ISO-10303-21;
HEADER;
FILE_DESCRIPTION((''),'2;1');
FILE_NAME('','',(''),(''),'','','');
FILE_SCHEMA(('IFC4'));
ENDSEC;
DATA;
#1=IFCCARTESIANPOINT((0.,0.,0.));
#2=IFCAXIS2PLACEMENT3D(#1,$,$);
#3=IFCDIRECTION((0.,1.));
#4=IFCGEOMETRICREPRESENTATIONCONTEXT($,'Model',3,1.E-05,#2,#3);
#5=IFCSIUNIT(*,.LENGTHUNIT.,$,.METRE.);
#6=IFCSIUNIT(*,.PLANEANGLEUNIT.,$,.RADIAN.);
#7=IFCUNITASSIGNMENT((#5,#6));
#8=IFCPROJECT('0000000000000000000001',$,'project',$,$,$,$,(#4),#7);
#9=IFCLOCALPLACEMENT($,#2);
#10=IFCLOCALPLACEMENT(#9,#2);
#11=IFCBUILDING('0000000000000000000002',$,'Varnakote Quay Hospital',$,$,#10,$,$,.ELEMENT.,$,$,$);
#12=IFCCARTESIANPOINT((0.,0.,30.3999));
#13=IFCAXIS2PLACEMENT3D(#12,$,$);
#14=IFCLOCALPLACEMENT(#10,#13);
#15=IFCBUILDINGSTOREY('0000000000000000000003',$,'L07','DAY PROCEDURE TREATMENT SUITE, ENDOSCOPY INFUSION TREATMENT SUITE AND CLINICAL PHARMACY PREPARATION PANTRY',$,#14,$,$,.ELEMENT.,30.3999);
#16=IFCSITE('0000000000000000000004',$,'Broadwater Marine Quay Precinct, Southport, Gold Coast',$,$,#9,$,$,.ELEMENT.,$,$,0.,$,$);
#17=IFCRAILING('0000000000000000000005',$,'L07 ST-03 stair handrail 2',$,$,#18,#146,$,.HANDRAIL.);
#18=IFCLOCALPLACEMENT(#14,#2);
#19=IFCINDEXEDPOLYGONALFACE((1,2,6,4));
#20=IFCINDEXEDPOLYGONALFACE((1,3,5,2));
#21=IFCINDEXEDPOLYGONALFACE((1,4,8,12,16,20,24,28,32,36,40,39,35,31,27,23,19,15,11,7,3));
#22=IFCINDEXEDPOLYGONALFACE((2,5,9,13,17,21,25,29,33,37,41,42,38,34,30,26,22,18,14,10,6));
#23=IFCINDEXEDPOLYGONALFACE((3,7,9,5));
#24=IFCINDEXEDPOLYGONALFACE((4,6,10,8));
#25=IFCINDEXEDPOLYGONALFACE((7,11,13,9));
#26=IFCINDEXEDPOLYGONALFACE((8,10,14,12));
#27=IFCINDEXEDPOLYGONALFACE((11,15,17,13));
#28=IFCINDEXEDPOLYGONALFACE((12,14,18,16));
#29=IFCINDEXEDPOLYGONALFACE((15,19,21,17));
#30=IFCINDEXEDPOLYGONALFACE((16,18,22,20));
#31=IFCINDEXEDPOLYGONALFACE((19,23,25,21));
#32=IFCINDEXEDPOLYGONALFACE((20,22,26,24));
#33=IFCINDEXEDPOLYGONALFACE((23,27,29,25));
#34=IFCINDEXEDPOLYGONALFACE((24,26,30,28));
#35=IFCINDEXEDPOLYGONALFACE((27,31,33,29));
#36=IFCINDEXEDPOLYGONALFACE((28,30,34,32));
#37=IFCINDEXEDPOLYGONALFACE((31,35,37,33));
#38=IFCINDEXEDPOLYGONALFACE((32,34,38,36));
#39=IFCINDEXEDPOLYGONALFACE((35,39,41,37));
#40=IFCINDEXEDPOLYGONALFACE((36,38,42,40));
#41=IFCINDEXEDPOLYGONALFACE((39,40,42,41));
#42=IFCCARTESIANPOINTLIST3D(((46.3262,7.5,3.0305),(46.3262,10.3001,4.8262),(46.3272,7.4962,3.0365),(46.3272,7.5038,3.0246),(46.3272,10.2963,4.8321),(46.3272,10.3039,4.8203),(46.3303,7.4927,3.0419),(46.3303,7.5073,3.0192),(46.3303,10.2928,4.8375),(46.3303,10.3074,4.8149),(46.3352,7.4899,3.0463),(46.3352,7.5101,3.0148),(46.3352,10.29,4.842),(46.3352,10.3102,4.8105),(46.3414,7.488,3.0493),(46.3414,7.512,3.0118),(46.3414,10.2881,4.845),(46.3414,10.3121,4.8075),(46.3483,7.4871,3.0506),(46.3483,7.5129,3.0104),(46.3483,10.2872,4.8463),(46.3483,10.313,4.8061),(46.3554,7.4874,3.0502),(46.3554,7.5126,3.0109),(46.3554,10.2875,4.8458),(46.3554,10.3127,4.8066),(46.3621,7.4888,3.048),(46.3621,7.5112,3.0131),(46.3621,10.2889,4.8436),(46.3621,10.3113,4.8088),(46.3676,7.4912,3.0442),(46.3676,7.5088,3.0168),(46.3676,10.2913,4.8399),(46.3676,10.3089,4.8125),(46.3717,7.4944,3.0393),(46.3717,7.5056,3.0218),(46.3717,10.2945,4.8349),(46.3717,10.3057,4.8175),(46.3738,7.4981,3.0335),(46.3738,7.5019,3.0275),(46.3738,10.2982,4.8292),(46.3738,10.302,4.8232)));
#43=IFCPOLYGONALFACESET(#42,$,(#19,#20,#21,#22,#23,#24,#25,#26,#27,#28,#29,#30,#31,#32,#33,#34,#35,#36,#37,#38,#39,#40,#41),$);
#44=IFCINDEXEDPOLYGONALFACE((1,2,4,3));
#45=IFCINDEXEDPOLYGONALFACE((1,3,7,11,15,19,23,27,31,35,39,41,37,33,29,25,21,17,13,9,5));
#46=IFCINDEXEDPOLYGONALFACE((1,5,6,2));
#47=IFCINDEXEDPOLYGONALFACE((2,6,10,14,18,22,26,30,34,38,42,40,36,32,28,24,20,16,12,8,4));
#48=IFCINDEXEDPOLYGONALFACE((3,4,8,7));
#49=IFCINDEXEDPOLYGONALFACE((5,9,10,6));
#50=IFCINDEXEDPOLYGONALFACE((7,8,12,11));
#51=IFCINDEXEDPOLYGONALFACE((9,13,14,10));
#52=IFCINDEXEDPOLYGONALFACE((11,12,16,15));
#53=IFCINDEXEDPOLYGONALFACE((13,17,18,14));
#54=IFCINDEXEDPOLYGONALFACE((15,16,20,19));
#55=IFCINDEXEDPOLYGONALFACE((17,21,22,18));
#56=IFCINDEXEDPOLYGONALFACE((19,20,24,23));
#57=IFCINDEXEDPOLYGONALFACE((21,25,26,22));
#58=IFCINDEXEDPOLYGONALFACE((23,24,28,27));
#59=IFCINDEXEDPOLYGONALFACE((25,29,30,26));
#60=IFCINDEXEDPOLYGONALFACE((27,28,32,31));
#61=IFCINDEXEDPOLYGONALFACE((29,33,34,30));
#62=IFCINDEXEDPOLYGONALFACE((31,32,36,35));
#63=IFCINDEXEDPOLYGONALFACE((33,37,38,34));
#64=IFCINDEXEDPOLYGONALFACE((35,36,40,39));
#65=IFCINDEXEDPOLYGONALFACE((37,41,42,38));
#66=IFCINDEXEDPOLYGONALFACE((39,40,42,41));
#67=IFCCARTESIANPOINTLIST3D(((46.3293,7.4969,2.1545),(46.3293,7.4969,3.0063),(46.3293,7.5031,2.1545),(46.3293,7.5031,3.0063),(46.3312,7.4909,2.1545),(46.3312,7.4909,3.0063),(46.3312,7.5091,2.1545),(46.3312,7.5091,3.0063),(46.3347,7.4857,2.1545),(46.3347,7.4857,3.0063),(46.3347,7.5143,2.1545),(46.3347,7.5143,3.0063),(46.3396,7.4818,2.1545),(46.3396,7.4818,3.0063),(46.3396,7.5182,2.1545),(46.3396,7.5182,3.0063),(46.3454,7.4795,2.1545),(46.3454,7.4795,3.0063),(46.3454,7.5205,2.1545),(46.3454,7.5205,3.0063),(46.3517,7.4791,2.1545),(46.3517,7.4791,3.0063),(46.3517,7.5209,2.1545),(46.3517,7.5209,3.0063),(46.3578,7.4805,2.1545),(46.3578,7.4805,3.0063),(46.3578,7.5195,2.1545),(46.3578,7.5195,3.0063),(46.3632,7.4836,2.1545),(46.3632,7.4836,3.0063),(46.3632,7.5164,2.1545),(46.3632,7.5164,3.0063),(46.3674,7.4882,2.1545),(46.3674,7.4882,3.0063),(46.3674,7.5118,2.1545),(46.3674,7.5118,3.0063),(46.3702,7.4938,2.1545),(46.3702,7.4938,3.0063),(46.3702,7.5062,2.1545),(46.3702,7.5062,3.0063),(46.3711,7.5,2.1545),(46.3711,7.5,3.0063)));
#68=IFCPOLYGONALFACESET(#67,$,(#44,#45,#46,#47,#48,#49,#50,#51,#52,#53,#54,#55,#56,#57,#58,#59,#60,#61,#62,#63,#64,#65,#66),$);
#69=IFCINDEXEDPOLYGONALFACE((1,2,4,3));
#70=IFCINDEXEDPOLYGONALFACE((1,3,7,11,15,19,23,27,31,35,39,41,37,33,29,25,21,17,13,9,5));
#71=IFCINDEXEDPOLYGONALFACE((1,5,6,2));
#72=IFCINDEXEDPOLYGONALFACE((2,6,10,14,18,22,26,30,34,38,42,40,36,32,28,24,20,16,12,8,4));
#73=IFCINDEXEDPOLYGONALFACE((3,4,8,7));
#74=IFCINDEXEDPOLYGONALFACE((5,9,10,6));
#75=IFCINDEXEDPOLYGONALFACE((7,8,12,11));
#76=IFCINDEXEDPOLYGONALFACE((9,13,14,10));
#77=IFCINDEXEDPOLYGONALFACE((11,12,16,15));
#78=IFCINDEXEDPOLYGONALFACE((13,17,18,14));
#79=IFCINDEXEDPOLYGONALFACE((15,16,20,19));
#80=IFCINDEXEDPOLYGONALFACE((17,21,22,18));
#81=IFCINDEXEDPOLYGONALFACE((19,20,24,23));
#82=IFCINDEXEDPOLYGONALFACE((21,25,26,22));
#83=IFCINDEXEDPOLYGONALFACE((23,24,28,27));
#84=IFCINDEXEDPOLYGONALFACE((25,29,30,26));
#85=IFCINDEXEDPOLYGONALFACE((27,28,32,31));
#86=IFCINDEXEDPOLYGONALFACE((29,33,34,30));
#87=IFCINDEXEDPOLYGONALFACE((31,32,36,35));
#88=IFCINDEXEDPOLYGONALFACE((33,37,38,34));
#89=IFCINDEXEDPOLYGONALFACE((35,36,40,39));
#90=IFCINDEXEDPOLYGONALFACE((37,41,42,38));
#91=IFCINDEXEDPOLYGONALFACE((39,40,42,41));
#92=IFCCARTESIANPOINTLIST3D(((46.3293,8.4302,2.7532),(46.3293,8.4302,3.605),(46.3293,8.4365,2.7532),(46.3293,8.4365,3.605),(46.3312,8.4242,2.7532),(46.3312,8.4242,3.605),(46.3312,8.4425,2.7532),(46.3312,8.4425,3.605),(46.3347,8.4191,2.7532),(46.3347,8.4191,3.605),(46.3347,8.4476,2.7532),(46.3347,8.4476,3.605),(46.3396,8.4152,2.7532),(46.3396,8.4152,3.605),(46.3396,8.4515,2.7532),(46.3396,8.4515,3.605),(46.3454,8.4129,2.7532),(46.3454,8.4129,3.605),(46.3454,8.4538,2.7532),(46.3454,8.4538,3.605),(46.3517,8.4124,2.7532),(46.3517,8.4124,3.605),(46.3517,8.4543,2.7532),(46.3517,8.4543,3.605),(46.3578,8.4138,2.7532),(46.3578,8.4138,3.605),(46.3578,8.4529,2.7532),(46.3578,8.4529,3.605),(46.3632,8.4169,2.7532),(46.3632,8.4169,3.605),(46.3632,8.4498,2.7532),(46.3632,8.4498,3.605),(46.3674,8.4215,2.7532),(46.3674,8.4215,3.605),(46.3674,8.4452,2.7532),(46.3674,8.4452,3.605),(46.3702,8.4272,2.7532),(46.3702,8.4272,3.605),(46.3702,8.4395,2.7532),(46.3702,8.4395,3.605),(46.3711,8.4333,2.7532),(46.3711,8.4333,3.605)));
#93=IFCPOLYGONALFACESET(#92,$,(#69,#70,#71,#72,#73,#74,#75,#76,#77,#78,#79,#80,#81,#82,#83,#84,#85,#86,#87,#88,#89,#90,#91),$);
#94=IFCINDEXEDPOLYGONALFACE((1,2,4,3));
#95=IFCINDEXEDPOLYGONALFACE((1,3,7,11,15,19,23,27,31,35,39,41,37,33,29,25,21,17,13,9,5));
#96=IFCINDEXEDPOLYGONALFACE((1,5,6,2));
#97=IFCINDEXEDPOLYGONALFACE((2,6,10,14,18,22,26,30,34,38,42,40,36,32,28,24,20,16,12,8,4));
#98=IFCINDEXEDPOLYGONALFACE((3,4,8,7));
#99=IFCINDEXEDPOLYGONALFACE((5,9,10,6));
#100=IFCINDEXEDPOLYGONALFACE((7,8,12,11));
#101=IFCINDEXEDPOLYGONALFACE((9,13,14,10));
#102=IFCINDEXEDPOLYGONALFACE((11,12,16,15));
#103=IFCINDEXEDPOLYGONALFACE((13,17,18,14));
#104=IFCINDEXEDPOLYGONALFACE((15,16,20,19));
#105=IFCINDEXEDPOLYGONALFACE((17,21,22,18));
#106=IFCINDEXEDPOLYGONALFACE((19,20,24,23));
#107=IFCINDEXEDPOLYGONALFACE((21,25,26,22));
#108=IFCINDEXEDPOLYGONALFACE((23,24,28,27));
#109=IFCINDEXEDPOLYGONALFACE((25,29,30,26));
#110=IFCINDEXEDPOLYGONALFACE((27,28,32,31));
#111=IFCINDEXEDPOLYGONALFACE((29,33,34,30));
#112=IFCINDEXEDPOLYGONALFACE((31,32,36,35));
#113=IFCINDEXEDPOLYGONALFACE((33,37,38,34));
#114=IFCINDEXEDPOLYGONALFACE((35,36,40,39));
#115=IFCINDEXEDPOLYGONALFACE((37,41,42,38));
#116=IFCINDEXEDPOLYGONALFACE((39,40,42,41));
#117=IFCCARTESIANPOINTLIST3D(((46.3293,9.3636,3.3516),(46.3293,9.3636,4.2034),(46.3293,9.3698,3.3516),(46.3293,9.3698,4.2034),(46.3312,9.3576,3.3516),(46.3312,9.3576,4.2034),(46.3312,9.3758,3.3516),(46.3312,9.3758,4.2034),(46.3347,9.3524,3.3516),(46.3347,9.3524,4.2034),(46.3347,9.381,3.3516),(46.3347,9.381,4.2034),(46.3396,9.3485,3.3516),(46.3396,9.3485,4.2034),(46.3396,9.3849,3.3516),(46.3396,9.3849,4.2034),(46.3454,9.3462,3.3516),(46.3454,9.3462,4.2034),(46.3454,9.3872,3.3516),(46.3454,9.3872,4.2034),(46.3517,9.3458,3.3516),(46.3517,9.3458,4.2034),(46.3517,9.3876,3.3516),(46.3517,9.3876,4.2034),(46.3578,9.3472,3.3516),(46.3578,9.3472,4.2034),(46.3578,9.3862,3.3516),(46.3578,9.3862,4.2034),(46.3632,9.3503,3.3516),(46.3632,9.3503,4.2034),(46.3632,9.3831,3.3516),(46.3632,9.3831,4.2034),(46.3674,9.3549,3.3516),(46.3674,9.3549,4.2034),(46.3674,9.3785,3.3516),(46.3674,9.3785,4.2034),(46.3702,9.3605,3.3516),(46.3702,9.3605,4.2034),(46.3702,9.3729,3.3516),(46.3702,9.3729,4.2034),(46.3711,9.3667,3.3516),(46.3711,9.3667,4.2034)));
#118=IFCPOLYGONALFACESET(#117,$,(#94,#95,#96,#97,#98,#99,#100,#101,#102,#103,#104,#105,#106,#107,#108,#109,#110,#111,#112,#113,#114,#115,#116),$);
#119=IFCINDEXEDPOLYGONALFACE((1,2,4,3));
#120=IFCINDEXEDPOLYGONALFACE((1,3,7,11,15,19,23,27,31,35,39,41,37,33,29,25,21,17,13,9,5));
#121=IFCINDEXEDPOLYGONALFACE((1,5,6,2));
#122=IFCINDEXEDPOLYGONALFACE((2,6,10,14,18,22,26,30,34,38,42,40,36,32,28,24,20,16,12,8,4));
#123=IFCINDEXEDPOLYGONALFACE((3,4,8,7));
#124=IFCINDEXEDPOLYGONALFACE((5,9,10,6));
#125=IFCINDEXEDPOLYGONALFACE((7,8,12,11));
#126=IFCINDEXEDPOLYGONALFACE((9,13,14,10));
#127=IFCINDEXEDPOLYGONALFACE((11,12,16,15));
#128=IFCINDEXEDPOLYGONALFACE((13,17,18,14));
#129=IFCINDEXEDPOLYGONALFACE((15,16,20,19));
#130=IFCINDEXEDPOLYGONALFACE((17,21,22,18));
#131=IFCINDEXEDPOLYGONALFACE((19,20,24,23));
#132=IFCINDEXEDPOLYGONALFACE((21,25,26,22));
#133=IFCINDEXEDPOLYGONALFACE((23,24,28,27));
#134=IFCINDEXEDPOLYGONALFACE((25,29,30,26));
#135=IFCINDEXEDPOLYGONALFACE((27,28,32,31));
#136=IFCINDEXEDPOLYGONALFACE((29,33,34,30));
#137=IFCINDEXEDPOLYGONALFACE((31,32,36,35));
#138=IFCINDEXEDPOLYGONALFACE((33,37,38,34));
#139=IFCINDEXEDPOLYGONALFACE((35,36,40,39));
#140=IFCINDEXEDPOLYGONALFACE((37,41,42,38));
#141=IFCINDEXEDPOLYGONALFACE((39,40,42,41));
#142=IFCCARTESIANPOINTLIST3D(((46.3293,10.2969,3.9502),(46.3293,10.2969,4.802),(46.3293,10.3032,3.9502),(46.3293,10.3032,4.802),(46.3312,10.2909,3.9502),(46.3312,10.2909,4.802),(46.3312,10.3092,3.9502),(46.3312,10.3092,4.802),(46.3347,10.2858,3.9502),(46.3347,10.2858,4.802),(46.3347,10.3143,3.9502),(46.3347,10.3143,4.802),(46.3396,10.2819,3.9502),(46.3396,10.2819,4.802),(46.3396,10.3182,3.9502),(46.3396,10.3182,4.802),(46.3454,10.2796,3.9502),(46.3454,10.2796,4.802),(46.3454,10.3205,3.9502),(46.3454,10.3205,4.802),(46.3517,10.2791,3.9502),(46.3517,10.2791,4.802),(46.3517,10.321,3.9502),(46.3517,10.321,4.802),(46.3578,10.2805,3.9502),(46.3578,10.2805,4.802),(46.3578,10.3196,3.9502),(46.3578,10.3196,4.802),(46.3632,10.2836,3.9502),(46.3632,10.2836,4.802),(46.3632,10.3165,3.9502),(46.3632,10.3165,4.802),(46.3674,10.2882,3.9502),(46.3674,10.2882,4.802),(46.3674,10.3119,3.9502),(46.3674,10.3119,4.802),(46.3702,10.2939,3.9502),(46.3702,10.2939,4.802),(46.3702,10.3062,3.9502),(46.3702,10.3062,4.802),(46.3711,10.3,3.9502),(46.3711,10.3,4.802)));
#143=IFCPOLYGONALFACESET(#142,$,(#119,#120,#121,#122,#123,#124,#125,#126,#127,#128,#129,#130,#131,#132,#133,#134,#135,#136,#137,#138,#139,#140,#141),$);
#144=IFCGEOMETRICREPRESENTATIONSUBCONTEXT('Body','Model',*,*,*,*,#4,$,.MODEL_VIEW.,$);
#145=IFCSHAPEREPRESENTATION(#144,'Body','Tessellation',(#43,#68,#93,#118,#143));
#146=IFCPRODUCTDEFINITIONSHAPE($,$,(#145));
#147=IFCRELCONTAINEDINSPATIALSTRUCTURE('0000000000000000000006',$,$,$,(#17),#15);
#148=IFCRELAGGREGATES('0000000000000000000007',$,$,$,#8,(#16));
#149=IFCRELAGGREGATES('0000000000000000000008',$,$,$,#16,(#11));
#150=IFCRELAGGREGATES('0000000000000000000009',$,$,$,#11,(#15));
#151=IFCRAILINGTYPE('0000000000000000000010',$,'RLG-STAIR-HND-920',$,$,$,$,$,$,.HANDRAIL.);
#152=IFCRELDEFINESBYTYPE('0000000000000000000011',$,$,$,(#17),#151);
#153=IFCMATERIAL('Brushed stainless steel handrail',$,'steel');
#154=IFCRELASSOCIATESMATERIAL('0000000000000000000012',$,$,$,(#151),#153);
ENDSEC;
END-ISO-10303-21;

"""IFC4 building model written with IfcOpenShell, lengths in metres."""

from ifc_helpers import new_model, si_unit, direction, frame, origin, origin_2d, place, context, subcontext, project, spatial, circle, extrude, material, type_object, element, save


model = new_model("IFC4")

# Units and contexts
model_context = context("Model", 3, precision=1e-05, world=origin(), true_north=direction((0.0, 1.0)))
body_context = subcontext(model_context, "Body", "Model", "MODEL_VIEW")
ifc_project = project(units=[si_unit("LENGTHUNIT", "METRE"), si_unit("PLANEANGLEUNIT", "RADIAN")], contexts=[model_context])

# Site, building, storey
site_placement = place(None, origin())
site = spatial("IfcSite", under=ifc_project, at=site_placement, Name="Broadwater Marine Quay Precinct, Southport, Gold Coast", CompositionType="ELEMENT", RefElevation=0.0)
building_placement = place(site_placement, origin())
building = spatial("IfcBuilding", under=site, at=building_placement, Name="Varnakote Quay Hospital", CompositionType="ELEMENT")
storey_placement = place(building_placement, frame((0.0, 0.0, 30.3999)))
storey = spatial("IfcBuildingStorey", under=building, at=storey_placement, Name="L07", Description="DAY PROCEDURE TREATMENT SUITE, ENDOSCOPY INFUSION TREATMENT SUITE AND CLINICAL PHARMACY PREPARATION PANTRY", CompositionType="ELEMENT", Elevation=30.3999)

# Railing
ifc_material_1 = material(Name="Brushed stainless steel handrail", Category="steel")
railing_type_1 = type_object("IfcRailingType", Name="RLG-STAIR-HND-920", PredefinedType="HANDRAIL", material=ifc_material_1)
railing_1_placement = place(storey_placement, frame((46.3501, 7.5, 2.1545)))
element("IfcRailing", 1, at=railing_1_placement, inside=storey, type_object=railing_type_1, Name="L07 ST-03 stair handrail 2", PredefinedType="HANDRAIL", context=body_context, shape_type="SweptSolid", body=[
    extrude(circle(Radius=0.0239, at=origin_2d()), frame((0.0, 0.0, 0.876), z_axis=(0.0, 0.841777, 0.539826), x_axis=(-1.0, 0.0, 0.0)), (0.0, 0.0, 1.0), 3.3264),
    extrude(circle(Radius=0.021, at=origin_2d()), origin(), (0.0, 0.0, 1.0), 0.8518),
    extrude(circle(Radius=0.021, at=origin_2d()), frame((0.0, 0.9333, 0.5986)), (0.0, 0.0, 1.0), 0.8518),
    extrude(circle(Radius=0.021, at=origin_2d()), frame((0.0, 1.8667, 1.197)), (0.0, 0.0, 1.0), 0.8518),
    extrude(circle(Radius=0.021, at=origin_2d()), frame((0.0, 2.8, 1.7957)), (0.0, 0.0, 1.0), 0.8518),
])

save(model, "model.ifc")
